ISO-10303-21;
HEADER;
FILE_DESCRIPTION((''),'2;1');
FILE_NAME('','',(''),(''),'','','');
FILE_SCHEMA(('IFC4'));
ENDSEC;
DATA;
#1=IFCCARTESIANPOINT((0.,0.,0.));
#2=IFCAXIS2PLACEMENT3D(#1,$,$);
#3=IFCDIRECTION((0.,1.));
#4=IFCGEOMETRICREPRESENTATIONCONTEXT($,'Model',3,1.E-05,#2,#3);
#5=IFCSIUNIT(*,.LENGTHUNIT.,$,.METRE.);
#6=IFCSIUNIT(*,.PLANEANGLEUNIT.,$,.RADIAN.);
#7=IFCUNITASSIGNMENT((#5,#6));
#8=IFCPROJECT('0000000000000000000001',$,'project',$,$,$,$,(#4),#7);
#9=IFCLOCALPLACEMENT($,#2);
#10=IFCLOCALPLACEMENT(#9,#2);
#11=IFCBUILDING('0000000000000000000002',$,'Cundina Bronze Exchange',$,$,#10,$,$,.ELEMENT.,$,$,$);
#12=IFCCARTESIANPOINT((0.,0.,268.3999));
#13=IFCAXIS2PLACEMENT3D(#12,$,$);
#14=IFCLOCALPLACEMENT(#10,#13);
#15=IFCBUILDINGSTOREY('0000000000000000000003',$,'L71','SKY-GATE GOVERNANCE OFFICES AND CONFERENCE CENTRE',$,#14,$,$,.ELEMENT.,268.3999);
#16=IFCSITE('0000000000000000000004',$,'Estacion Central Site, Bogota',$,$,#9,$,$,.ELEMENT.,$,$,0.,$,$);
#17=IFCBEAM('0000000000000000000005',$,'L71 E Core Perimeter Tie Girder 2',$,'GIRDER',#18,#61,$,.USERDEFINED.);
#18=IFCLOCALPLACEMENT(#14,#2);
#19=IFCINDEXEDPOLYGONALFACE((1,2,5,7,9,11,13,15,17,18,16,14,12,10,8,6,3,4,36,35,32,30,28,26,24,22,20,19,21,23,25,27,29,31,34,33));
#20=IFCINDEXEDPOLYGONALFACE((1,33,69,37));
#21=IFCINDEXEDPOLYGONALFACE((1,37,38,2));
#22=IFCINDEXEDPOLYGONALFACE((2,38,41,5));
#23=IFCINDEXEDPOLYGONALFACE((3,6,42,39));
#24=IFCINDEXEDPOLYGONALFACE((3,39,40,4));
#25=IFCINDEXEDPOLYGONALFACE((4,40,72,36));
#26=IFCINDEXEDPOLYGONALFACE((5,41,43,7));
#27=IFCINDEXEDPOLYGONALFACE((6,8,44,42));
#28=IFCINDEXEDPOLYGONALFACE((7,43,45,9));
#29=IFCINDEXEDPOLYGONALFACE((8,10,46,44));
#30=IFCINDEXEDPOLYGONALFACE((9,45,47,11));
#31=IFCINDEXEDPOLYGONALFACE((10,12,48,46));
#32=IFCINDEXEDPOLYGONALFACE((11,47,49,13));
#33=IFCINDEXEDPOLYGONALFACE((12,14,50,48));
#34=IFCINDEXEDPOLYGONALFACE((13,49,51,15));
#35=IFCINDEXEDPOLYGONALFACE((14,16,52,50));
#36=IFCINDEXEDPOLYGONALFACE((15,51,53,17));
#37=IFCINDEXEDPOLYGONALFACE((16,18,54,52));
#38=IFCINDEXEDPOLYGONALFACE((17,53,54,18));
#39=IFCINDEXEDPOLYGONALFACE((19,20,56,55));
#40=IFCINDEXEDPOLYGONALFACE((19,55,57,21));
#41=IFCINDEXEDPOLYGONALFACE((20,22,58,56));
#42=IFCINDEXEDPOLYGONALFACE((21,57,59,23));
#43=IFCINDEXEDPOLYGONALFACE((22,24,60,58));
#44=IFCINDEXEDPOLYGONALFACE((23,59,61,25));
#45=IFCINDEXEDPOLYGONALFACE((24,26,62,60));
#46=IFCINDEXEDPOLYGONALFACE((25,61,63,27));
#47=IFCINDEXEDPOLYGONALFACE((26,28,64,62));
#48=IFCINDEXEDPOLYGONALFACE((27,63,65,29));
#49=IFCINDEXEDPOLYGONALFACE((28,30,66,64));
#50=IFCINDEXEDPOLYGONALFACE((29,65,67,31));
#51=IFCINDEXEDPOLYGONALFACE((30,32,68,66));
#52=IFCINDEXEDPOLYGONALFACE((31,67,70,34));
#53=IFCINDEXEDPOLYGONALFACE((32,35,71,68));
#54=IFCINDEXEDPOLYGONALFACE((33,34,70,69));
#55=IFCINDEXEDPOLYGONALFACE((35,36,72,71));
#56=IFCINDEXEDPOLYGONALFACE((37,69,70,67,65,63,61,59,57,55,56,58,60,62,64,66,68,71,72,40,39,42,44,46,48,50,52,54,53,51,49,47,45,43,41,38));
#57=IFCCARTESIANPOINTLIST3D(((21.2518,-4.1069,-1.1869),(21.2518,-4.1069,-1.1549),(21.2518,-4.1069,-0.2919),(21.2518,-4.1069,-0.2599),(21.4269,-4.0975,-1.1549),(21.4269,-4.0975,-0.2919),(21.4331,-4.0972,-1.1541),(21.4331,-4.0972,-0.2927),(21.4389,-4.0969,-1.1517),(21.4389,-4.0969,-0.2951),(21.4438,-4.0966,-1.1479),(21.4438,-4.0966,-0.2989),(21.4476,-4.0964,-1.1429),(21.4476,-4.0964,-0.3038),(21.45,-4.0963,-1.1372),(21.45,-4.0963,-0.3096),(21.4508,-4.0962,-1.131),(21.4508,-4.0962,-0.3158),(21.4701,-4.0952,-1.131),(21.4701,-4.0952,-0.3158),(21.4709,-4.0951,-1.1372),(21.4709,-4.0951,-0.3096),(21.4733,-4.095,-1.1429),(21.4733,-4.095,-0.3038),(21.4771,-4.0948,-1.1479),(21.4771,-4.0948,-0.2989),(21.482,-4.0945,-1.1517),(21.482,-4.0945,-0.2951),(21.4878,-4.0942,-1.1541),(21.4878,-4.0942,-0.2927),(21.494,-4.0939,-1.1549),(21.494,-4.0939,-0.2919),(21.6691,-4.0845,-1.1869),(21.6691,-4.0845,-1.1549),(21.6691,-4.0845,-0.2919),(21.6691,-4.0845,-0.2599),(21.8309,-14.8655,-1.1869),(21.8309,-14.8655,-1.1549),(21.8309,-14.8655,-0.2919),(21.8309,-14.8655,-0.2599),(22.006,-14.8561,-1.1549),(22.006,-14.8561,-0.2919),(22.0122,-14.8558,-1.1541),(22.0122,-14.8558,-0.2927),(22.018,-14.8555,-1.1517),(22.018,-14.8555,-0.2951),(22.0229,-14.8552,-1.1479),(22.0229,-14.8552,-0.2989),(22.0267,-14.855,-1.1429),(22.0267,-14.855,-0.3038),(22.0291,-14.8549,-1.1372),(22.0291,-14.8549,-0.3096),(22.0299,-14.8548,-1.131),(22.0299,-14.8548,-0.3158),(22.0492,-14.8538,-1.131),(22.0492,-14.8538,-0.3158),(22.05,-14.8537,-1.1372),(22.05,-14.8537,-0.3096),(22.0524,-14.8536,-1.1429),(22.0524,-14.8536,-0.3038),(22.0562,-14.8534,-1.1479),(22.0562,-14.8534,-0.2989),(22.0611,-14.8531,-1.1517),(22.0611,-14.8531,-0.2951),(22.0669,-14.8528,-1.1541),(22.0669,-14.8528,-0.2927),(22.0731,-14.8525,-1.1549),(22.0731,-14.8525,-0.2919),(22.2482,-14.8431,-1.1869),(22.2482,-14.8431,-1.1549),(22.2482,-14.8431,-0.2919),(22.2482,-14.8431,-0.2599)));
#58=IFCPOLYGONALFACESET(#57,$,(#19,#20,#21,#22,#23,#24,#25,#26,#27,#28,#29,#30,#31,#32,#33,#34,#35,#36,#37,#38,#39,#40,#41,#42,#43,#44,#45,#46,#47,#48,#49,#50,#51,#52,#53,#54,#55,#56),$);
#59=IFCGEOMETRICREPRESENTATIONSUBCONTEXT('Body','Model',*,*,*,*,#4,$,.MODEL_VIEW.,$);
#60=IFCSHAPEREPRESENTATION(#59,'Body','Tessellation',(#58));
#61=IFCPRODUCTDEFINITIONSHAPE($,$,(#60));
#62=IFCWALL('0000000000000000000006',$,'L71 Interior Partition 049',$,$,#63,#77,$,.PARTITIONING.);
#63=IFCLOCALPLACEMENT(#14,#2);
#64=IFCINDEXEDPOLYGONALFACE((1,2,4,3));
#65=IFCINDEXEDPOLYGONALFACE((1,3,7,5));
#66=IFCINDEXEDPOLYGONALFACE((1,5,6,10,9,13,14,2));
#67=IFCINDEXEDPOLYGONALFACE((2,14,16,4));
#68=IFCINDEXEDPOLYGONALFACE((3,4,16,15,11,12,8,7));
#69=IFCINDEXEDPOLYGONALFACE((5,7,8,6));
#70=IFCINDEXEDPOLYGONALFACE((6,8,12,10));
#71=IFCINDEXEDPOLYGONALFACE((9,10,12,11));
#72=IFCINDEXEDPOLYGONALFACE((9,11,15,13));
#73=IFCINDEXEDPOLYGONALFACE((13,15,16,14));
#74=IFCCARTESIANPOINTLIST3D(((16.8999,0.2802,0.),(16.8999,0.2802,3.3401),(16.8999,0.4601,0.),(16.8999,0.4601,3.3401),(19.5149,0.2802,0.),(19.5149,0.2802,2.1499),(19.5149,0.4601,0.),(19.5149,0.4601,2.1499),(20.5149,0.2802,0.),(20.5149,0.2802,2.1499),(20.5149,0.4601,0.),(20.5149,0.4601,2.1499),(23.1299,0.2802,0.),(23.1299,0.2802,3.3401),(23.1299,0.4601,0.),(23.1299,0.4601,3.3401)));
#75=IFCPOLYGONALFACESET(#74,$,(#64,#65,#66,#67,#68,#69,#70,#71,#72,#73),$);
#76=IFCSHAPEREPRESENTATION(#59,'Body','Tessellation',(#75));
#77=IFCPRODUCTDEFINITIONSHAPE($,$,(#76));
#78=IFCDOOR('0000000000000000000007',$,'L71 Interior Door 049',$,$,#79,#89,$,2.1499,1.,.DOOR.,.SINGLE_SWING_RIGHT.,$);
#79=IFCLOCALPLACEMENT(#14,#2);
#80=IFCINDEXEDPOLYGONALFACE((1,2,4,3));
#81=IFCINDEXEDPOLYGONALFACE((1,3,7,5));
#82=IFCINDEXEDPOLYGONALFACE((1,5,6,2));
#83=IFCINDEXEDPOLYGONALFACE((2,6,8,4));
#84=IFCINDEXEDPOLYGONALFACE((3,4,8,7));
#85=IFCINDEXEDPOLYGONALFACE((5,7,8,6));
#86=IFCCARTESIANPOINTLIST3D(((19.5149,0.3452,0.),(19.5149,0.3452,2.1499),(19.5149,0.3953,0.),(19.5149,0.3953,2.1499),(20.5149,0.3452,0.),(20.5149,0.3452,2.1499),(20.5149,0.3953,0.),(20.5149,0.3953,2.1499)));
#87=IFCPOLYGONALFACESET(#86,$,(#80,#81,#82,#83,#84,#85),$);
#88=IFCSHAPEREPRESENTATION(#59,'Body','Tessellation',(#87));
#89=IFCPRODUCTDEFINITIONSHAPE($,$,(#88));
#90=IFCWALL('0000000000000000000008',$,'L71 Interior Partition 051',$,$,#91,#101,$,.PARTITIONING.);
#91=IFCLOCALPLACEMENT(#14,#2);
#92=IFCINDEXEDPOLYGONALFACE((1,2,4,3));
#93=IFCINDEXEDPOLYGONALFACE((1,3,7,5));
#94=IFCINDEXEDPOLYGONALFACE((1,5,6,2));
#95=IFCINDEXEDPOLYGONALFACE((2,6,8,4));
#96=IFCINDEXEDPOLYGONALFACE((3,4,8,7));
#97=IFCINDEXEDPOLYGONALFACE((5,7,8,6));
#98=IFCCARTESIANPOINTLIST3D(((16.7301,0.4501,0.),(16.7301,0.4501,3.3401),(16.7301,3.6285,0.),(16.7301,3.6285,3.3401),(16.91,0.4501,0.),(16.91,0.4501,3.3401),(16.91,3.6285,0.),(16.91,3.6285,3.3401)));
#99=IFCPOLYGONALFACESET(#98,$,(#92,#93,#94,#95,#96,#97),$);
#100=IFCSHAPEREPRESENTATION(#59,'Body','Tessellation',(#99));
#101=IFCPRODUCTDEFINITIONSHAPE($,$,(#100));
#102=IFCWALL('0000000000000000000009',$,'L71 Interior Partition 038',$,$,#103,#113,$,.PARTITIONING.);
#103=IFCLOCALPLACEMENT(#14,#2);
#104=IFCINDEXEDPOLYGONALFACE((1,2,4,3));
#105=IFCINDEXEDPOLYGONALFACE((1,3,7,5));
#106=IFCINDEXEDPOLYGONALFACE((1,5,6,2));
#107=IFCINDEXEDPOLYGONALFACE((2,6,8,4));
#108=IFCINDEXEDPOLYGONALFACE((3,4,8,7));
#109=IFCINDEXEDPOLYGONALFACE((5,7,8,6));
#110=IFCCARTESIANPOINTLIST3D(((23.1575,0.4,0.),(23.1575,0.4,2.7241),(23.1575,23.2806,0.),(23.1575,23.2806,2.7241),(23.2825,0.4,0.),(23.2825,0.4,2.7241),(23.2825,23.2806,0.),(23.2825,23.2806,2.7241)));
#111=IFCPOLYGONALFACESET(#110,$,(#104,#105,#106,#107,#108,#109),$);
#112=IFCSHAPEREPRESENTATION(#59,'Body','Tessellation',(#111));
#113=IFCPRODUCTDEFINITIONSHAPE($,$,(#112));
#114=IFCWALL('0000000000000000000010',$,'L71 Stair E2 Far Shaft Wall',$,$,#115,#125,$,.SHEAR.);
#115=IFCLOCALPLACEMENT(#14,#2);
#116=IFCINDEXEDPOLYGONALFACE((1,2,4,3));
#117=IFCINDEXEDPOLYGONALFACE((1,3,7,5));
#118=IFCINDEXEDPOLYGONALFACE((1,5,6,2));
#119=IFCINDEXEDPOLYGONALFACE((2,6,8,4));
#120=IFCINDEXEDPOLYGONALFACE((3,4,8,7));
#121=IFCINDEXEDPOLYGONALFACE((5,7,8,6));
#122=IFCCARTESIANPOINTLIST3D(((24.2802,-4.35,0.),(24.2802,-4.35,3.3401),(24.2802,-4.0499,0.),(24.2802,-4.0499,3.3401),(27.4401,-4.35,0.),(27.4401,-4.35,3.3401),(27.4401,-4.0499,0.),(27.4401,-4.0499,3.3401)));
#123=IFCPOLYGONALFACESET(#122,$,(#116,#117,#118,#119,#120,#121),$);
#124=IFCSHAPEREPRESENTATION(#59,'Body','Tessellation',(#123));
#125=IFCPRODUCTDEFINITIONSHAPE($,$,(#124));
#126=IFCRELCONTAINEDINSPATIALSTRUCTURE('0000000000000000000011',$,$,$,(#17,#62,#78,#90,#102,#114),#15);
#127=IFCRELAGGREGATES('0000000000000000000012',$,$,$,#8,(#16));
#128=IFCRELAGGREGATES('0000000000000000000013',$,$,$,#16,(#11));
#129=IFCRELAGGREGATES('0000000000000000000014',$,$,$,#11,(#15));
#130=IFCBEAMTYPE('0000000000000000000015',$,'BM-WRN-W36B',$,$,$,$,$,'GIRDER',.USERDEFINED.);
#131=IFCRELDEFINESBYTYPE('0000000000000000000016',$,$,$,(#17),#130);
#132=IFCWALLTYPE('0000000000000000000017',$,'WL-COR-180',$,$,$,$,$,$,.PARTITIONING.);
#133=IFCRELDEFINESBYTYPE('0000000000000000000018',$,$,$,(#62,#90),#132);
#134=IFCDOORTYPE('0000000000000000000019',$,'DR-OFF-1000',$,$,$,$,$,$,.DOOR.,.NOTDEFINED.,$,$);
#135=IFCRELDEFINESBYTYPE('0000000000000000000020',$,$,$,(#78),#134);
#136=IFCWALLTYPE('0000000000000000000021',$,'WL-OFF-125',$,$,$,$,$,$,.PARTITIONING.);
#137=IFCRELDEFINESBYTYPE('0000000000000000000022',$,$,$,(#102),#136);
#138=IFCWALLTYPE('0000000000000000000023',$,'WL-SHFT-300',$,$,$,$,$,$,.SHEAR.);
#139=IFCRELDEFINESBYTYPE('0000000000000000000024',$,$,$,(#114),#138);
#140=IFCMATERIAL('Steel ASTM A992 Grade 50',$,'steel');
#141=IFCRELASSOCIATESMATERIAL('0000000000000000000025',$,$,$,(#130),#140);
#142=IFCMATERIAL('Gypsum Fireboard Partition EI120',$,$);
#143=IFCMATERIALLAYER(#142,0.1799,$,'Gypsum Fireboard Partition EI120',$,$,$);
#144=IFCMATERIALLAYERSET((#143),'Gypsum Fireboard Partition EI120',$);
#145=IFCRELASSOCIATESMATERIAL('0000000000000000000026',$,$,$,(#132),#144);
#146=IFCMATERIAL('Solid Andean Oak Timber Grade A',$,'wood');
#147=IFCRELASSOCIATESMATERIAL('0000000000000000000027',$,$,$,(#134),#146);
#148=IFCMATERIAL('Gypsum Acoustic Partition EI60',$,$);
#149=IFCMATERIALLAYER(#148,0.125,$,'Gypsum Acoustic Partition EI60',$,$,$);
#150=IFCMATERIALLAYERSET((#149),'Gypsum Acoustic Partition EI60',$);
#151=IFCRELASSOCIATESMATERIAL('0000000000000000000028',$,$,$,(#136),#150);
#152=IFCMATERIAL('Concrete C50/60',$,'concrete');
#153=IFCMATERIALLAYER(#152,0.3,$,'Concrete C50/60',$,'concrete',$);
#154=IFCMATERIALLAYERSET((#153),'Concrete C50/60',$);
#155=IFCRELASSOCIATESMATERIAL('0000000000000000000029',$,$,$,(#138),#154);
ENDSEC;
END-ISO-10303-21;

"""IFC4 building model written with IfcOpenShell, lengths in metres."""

from ifc_helpers import new_model, si_unit, direction, frame, frame_2d, origin, origin_2d, place, context, subcontext, project, spatial, rectangle, i_section, extrude, material, layer, layer_set, material_profile, profile_set, type_object, element, fill, save


model = new_model("IFC4")

# Units and contexts
model_context = context("Model", 3, precision=1e-05, world=origin(), true_north=direction((0.0, 1.0)))
body_context = subcontext(model_context, "Body", "Model", "MODEL_VIEW")
ifc_project = project(units=[si_unit("LENGTHUNIT", "METRE"), si_unit("PLANEANGLEUNIT", "RADIAN")], contexts=[model_context])

# Site, building, storey
site_placement = place(None, origin())
site = spatial("IfcSite", under=ifc_project, at=site_placement, Name="Estacion Central Site, Bogota", CompositionType="ELEMENT", RefElevation=0.0)
building_placement = place(site_placement, origin())
building = spatial("IfcBuilding", under=site, at=building_placement, Name="Cundina Bronze Exchange", CompositionType="ELEMENT")
storey_placement = place(building_placement, frame((0.0, 0.0, 268.3999)))
storey = spatial("IfcBuildingStorey", under=building, at=storey_placement, Name="L71", Description="SKY-GATE GOVERNANCE OFFICES AND CONFERENCE CENTRE", CompositionType="ELEMENT", Elevation=268.3999)

# Shared definitions
ifc_material_1 = material(Name="Concrete C50/60", Category="concrete")
ifc_material_2 = material(Name="Steel ASTM A992 Grade 50", Category="steel")

# Beam
ifc_material_profile_1 = material_profile(ifc_material_2, i_section(OverallWidth=0.418, OverallDepth=0.927, WebThickness=0.0193, FlangeThickness=0.032, FilletRadius=0.0239, at=origin_2d()), Name="W36X231", Category="steel")
ifc_profile_set_1 = profile_set([ifc_material_profile_1], Name="Steel ASTM A992 Grade 50")
beam_type_1 = type_object("IfcBeamType", Name="BM-WRN-W36B", ElementType="GIRDER", PredefinedType="USERDEFINED", material=ifc_profile_set_1)
beam_1_placement = place(storey_placement, frame((21.4604, -4.0957, -0.7234), z_axis=(0.053749, -0.998554, 0.0), x_axis=(0.998554, 0.053749, 0.0)))
element("IfcBeam", 1, at=beam_1_placement, inside=storey, type_object=beam_type_1, Name="L71 E Core Perimeter Tie Girder 2", ObjectType="GIRDER", PredefinedType="USERDEFINED", context=body_context, shape_type="SweptSolid", body=[
    extrude(i_section(OverallWidth=0.418, OverallDepth=0.927, WebThickness=0.0193, FlangeThickness=0.032, FilletRadius=0.0239, at=origin_2d()), origin(), (0.0, 0.0, 1.0), 10.7742),
])

# Wall, opening, door
ifc_material_3 = material(Name="Gypsum Fireboard Partition EI120")
ifc_layer_1 = layer(ifc_material_3, 0.1799, Name="Gypsum Fireboard Partition EI120")
ifc_layer_set_1 = layer_set([ifc_layer_1], Name="Gypsum Fireboard Partition EI120")
wall_type_1 = type_object("IfcWallType", Name="WL-COR-180", PredefinedType="PARTITIONING", material=ifc_layer_set_1)
wall_1_placement = place(storey_placement, frame((23.1299, 0.3701, 0.0), z_axis=(0.0, 0.0, 1.0), x_axis=(-1.0, 0.0, 0.0)))
wall_1 = element("IfcWall", 2, at=wall_1_placement, inside=storey, type_object=wall_type_1, Name="L71 Interior Partition 049", PredefinedType="PARTITIONING", context=body_context, shape_type="SweptSolid", body=[
    extrude(rectangle(XDim=6.23, YDim=0.1799, at=frame_2d((3.115, 0.0))), origin(), (0.0, 0.0, 1.0), 3.3401),
])
opening_1_placement = place(wall_1_placement, frame((2.615, 0.0, 0.0)))
opening_1 = element("IfcOpeningElement", 3, at=opening_1_placement, cuts=wall_1, PredefinedType="OPENING", context=body_context, shape_type="SweptSolid", body=[
    extrude(rectangle(XDim=1.0, YDim=2.1499, at=frame_2d((0.5, 1.075))), frame((0.0, 0.0999, 0.0), z_axis=(0.0, -1.0, 0.0), x_axis=(1.0, 0.0, 0.0)), (0.0, 0.0, 1.0), 0.2),
])
ifc_material_4 = material(Name="Solid Andean Oak Timber Grade A", Category="wood")
door_type_1 = type_object("IfcDoorType", Name="DR-OFF-1000", OperationType="NOTDEFINED", PredefinedType="DOOR", material=ifc_material_4)
door_1_placement = place(opening_1_placement, origin())
door_1 = element("IfcDoor", 4, at=door_1_placement, inside=storey, type_object=door_type_1, Name="L71 Interior Door 049", OperationType="SINGLE_SWING_RIGHT", OverallHeight=2.1499, OverallWidth=1.0, PredefinedType="DOOR", context=body_context, shape_type="SweptSolid", body=[
    extrude(rectangle(XDim=1.0, YDim=2.1499, at=frame_2d((0.5, 1.075))), frame((0.0, 0.0249, 0.0), z_axis=(0.0, -1.0, 0.0), x_axis=(1.0, 0.0, 0.0)), (0.0, 0.0, 1.0), 0.05),
])
fill(opening_1, door_1)

# Walls
wall_2_placement = place(storey_placement, frame((16.8201, 0.45, 0.0), z_axis=(0.0, 0.0, 1.0), x_axis=(0.0, 1.0, 0.0)))
element("IfcWall", 5, at=wall_2_placement, inside=storey, type_object=wall_type_1, Name="L71 Interior Partition 051", PredefinedType="PARTITIONING", context=body_context, shape_type="SweptSolid", body=[
    extrude(rectangle(XDim=3.1785, YDim=0.1799, at=frame_2d((1.5894, 0.0))), origin(), (0.0, 0.0, 1.0), 3.3401),
])
ifc_material_5 = material(Name="Gypsum Acoustic Partition EI60")
ifc_layer_2 = layer(ifc_material_5, 0.125, Name="Gypsum Acoustic Partition EI60")
ifc_layer_set_2 = layer_set([ifc_layer_2], Name="Gypsum Acoustic Partition EI60")
wall_type_2 = type_object("IfcWallType", Name="WL-OFF-125", PredefinedType="PARTITIONING", material=ifc_layer_set_2)
wall_3_placement = place(storey_placement, frame((23.22, 0.3999, 0.0), z_axis=(0.0, 0.0, 1.0), x_axis=(0.0, 1.0, 0.0)))
element("IfcWall", 6, at=wall_3_placement, inside=storey, type_object=wall_type_2, Name="L71 Interior Partition 038", PredefinedType="PARTITIONING", context=body_context, shape_type="SweptSolid", body=[
    extrude(rectangle(XDim=22.8806, YDim=0.125, at=frame_2d((11.4404, 0.0))), origin(), (0.0, 0.0, 1.0), 2.7241),
])

# Shared definitions
ifc_layer_3 = layer(ifc_material_1, 0.3, Name="Concrete C50/60", Category="concrete")
ifc_layer_set_3 = layer_set([ifc_layer_3], Name="Concrete C50/60")
wall_type_3 = type_object("IfcWallType", Name="WL-SHFT-300", PredefinedType="SHEAR", material=ifc_layer_set_3)

# Wall
wall_4_placement = place(storey_placement, frame((24.28, -4.2, 0.0), z_axis=(0.0, 0.0, 1.0), x_axis=(1.0, 0.0, 0.0)))
element("IfcWall", 7, at=wall_4_placement, inside=storey, type_object=wall_type_3, Name="L71 Stair E2 Far Shaft Wall", PredefinedType="SHEAR", context=body_context, shape_type="SweptSolid", body=[
    extrude(rectangle(XDim=3.1599, YDim=0.3, at=frame_2d((1.5801, 0.0))), origin(), (0.0, 0.0, 1.0), 3.3401),
])

save(model, "model.ifc")
